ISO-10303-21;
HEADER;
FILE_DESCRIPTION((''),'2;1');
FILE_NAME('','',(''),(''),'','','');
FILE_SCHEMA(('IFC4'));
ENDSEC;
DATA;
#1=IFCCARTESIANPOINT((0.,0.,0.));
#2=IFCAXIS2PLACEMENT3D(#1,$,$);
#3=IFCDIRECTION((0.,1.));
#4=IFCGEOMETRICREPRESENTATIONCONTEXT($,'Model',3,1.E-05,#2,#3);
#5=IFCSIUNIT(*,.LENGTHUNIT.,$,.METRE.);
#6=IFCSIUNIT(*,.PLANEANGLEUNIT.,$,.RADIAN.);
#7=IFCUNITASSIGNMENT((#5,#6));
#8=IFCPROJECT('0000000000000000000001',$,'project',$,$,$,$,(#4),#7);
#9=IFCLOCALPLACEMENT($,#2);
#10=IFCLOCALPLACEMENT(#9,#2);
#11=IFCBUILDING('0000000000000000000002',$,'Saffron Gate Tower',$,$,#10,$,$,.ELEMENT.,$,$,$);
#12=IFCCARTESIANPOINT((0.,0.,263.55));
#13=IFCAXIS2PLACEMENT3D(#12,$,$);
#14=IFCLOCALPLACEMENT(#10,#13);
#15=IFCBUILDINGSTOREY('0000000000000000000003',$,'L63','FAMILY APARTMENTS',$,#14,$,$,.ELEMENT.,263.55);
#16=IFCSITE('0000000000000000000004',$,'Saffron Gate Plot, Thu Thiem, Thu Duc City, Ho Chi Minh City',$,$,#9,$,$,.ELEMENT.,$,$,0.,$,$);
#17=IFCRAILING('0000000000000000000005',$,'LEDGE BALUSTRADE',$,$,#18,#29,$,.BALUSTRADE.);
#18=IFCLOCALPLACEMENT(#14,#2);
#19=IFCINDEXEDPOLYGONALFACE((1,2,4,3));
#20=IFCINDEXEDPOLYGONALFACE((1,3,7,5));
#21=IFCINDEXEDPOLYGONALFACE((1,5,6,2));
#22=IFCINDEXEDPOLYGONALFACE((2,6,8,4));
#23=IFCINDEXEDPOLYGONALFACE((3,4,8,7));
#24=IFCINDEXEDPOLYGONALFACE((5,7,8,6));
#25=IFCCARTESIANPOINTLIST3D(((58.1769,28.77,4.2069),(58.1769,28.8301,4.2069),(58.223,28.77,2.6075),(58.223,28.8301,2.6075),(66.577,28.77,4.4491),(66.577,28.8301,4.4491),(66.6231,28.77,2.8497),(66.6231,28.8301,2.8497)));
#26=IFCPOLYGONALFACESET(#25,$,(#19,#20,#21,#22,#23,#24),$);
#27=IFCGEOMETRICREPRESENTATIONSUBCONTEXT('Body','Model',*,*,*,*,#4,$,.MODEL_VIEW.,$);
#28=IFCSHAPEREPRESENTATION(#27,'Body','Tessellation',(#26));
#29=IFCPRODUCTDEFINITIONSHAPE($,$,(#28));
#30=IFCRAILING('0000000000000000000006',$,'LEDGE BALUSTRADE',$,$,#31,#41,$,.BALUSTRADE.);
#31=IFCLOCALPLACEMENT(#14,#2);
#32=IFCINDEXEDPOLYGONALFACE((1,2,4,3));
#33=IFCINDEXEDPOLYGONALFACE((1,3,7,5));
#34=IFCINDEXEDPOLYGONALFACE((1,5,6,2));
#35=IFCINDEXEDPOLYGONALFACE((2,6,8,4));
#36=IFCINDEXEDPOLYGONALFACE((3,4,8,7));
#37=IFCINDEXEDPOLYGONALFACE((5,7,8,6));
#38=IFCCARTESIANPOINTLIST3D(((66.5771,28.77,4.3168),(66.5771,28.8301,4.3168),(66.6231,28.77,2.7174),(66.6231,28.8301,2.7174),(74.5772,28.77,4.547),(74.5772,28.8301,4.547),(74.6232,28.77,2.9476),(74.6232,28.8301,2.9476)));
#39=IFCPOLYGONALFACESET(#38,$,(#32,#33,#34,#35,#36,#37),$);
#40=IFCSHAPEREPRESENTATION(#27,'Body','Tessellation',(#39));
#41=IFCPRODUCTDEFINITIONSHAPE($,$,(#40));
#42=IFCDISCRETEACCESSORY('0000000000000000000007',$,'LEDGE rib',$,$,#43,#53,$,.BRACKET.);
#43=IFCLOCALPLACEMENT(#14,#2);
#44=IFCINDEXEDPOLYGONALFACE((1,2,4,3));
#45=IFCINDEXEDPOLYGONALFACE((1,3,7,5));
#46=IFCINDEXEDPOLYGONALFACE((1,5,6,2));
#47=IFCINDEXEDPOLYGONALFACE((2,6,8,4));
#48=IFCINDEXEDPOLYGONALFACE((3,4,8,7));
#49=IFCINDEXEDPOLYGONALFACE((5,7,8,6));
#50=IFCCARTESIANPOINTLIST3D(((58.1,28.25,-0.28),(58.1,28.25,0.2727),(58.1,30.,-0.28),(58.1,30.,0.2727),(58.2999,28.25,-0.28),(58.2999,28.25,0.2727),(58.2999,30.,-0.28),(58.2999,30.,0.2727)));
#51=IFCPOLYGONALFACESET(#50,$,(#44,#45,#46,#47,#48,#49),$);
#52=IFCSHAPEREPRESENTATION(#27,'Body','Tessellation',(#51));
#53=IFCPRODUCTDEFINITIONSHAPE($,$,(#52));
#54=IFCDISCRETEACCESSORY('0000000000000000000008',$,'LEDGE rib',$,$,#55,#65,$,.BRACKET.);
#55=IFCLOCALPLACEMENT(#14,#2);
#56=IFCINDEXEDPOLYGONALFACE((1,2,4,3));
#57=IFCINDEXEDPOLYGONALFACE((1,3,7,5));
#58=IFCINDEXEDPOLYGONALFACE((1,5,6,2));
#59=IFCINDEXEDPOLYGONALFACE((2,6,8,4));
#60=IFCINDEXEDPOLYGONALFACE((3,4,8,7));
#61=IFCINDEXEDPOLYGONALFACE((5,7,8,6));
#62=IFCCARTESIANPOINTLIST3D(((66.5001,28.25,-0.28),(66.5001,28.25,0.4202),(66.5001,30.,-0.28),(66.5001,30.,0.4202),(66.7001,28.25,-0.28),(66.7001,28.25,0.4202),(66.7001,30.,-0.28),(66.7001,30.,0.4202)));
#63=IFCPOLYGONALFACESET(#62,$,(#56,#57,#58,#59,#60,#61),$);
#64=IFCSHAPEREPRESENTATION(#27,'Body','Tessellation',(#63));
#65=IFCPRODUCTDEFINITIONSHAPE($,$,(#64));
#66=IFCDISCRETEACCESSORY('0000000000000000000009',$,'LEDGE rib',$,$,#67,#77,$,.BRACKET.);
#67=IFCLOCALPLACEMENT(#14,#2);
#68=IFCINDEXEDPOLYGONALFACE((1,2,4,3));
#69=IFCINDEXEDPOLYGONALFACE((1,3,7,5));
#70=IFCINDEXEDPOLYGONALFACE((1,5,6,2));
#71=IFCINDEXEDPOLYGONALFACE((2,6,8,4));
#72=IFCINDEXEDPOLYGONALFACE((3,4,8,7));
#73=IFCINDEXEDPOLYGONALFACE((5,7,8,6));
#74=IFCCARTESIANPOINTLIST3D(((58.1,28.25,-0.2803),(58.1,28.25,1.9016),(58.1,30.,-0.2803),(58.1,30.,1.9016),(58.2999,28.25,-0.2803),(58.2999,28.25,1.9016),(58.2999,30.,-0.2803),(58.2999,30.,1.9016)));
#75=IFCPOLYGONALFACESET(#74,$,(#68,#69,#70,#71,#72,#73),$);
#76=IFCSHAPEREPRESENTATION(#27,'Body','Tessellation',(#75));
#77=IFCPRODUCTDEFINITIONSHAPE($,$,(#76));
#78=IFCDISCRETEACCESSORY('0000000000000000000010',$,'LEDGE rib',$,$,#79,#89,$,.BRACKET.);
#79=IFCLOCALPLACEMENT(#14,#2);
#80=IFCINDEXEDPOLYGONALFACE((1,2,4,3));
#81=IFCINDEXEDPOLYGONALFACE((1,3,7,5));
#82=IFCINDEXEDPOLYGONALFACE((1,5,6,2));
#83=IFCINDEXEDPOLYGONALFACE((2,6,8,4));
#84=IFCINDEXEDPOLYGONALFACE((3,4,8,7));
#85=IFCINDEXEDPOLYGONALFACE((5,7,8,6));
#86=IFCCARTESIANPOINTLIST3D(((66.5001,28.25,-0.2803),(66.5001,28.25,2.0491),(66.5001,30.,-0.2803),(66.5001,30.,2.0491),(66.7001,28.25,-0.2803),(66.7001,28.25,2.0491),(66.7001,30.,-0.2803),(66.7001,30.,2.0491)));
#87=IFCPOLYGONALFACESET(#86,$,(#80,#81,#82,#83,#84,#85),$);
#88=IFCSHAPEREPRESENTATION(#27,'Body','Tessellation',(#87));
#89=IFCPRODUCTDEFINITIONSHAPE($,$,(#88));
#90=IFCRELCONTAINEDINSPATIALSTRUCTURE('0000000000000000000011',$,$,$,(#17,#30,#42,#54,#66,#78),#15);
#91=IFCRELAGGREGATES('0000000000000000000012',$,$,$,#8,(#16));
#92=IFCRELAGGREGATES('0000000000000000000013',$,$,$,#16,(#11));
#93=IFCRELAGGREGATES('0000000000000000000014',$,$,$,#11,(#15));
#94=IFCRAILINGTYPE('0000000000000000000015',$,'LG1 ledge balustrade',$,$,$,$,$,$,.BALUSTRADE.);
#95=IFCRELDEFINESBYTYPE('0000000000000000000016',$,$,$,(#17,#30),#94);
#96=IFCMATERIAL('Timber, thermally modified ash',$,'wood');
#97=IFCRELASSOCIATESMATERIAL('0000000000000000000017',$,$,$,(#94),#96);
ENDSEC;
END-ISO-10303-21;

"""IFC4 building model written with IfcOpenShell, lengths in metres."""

from ifc_helpers import new_model, si_unit, direction, frame, origin, origin_2d, place, context, subcontext, project, spatial, rectangle, extrude, material, type_object, element, save


model = new_model("IFC4")

# Units and contexts
model_context = context("Model", 3, precision=1e-05, world=origin(), true_north=direction((0.0, 1.0)))
body_context = subcontext(model_context, "Body", "Model", "MODEL_VIEW")
ifc_project = project(units=[si_unit("LENGTHUNIT", "METRE"), si_unit("PLANEANGLEUNIT", "RADIAN")], contexts=[model_context])

# Site, building, storey
site_placement = place(None, origin())
site = spatial("IfcSite", under=ifc_project, at=site_placement, Name="Saffron Gate Plot, Thu Thiem, Thu Duc City, Ho Chi Minh City", CompositionType="ELEMENT", RefElevation=0.0)
building_placement = place(site_placement, origin())
building = spatial("IfcBuilding", under=site, at=building_placement, Name="Saffron Gate Tower", CompositionType="ELEMENT")
storey_placement = place(building_placement, frame((0.0, 0.0, 263.55)))
storey = spatial("IfcBuildingStorey", under=building, at=storey_placement, Name="L63", Description="FAMILY APARTMENTS", CompositionType="ELEMENT", Elevation=263.55)

# Shared definitions
ifc_material_1 = material(Name="Timber, thermally modified ash", Category="wood")

# Railings
railing_type = type_object("IfcRailingType", Name="LG1 ledge balustrade", PredefinedType="BALUSTRADE", material=ifc_material_1)
railing_1_placement = place(storey_placement, frame((58.2, 28.8, 2.6072)))
element("IfcRailing", 1, at=railing_1_placement, inside=storey, type_object=railing_type, Name="LEDGE BALUSTRADE", PredefinedType="BALUSTRADE", context=body_context, shape_type="SweptSolid", body=[
    extrude(rectangle(XDim=0.0601, YDim=1.6001, at=origin_2d()), frame((0.0, 0.0, 0.8), z_axis=(0.999585, 0.0, 0.028819), x_axis=(0.0, 1.0, 0.0)), (0.0, 0.0, 1.0), 8.4036),
])
railing_2_placement = place(storey_placement, frame((66.6001, 28.8, 2.717)))
element("IfcRailing", 2, at=railing_2_placement, inside=storey, type_object=railing_type, Name="LEDGE BALUSTRADE", PredefinedType="BALUSTRADE", context=body_context, shape_type="SweptSolid", body=[
    extrude(rectangle(XDim=0.0601, YDim=1.6001, at=origin_2d()), frame((0.0, 0.0, 0.8), z_axis=(0.999586, 0.0, 0.028766), x_axis=(0.0, 1.0, 0.0)), (0.0, 0.0, 1.0), 8.0034),
])

# Discrete accessories
discrete_accessory_1_placement = place(storey_placement, frame((58.2, 29.125, -0.28), z_axis=(0.0, 0.0, 1.0), x_axis=(1.0, 0.0, 0.0)))
element("IfcDiscreteAccessory", 3, at=discrete_accessory_1_placement, inside=storey, Name="LEDGE rib", PredefinedType="BRACKET", context=body_context, shape_type="SweptSolid", body=[
    extrude(rectangle(XDim=0.2, YDim=1.75, at=origin_2d()), origin(), (0.0, 0.0, 1.0), 0.5527),
])
discrete_accessory_2_placement = place(storey_placement, frame((66.6001, 29.125, -0.28), z_axis=(0.0, 0.0, 1.0), x_axis=(1.0, 0.0, 0.0)))
element("IfcDiscreteAccessory", 4, at=discrete_accessory_2_placement, inside=storey, Name="LEDGE rib", PredefinedType="BRACKET", context=body_context, shape_type="SweptSolid", body=[
    extrude(rectangle(XDim=0.2, YDim=1.75, at=origin_2d()), origin(), (0.0, 0.0, 1.0), 0.7002),
])
discrete_accessory_3_placement = place(storey_placement, frame((58.2, 29.125, -0.2803), z_axis=(0.0, 0.0, 1.0), x_axis=(1.0, 0.0, 0.0)))
element("IfcDiscreteAccessory", 5, at=discrete_accessory_3_placement, inside=storey, Name="LEDGE rib", PredefinedType="BRACKET", context=body_context, shape_type="SweptSolid", body=[
    extrude(rectangle(XDim=0.2, YDim=1.75, at=origin_2d()), origin(), (0.0, 0.0, 1.0), 2.1819),
])
discrete_accessory_4_placement = place(storey_placement, frame((66.6001, 29.125, -0.2803), z_axis=(0.0, 0.0, 1.0), x_axis=(1.0, 0.0, 0.0)))
element("IfcDiscreteAccessory", 6, at=discrete_accessory_4_placement, inside=storey, Name="LEDGE rib", PredefinedType="BRACKET", context=body_context, shape_type="SweptSolid", body=[
    extrude(rectangle(XDim=0.2, YDim=1.75, at=origin_2d()), origin(), (0.0, 0.0, 1.0), 2.3293),
])

save(model, "model.ifc")
